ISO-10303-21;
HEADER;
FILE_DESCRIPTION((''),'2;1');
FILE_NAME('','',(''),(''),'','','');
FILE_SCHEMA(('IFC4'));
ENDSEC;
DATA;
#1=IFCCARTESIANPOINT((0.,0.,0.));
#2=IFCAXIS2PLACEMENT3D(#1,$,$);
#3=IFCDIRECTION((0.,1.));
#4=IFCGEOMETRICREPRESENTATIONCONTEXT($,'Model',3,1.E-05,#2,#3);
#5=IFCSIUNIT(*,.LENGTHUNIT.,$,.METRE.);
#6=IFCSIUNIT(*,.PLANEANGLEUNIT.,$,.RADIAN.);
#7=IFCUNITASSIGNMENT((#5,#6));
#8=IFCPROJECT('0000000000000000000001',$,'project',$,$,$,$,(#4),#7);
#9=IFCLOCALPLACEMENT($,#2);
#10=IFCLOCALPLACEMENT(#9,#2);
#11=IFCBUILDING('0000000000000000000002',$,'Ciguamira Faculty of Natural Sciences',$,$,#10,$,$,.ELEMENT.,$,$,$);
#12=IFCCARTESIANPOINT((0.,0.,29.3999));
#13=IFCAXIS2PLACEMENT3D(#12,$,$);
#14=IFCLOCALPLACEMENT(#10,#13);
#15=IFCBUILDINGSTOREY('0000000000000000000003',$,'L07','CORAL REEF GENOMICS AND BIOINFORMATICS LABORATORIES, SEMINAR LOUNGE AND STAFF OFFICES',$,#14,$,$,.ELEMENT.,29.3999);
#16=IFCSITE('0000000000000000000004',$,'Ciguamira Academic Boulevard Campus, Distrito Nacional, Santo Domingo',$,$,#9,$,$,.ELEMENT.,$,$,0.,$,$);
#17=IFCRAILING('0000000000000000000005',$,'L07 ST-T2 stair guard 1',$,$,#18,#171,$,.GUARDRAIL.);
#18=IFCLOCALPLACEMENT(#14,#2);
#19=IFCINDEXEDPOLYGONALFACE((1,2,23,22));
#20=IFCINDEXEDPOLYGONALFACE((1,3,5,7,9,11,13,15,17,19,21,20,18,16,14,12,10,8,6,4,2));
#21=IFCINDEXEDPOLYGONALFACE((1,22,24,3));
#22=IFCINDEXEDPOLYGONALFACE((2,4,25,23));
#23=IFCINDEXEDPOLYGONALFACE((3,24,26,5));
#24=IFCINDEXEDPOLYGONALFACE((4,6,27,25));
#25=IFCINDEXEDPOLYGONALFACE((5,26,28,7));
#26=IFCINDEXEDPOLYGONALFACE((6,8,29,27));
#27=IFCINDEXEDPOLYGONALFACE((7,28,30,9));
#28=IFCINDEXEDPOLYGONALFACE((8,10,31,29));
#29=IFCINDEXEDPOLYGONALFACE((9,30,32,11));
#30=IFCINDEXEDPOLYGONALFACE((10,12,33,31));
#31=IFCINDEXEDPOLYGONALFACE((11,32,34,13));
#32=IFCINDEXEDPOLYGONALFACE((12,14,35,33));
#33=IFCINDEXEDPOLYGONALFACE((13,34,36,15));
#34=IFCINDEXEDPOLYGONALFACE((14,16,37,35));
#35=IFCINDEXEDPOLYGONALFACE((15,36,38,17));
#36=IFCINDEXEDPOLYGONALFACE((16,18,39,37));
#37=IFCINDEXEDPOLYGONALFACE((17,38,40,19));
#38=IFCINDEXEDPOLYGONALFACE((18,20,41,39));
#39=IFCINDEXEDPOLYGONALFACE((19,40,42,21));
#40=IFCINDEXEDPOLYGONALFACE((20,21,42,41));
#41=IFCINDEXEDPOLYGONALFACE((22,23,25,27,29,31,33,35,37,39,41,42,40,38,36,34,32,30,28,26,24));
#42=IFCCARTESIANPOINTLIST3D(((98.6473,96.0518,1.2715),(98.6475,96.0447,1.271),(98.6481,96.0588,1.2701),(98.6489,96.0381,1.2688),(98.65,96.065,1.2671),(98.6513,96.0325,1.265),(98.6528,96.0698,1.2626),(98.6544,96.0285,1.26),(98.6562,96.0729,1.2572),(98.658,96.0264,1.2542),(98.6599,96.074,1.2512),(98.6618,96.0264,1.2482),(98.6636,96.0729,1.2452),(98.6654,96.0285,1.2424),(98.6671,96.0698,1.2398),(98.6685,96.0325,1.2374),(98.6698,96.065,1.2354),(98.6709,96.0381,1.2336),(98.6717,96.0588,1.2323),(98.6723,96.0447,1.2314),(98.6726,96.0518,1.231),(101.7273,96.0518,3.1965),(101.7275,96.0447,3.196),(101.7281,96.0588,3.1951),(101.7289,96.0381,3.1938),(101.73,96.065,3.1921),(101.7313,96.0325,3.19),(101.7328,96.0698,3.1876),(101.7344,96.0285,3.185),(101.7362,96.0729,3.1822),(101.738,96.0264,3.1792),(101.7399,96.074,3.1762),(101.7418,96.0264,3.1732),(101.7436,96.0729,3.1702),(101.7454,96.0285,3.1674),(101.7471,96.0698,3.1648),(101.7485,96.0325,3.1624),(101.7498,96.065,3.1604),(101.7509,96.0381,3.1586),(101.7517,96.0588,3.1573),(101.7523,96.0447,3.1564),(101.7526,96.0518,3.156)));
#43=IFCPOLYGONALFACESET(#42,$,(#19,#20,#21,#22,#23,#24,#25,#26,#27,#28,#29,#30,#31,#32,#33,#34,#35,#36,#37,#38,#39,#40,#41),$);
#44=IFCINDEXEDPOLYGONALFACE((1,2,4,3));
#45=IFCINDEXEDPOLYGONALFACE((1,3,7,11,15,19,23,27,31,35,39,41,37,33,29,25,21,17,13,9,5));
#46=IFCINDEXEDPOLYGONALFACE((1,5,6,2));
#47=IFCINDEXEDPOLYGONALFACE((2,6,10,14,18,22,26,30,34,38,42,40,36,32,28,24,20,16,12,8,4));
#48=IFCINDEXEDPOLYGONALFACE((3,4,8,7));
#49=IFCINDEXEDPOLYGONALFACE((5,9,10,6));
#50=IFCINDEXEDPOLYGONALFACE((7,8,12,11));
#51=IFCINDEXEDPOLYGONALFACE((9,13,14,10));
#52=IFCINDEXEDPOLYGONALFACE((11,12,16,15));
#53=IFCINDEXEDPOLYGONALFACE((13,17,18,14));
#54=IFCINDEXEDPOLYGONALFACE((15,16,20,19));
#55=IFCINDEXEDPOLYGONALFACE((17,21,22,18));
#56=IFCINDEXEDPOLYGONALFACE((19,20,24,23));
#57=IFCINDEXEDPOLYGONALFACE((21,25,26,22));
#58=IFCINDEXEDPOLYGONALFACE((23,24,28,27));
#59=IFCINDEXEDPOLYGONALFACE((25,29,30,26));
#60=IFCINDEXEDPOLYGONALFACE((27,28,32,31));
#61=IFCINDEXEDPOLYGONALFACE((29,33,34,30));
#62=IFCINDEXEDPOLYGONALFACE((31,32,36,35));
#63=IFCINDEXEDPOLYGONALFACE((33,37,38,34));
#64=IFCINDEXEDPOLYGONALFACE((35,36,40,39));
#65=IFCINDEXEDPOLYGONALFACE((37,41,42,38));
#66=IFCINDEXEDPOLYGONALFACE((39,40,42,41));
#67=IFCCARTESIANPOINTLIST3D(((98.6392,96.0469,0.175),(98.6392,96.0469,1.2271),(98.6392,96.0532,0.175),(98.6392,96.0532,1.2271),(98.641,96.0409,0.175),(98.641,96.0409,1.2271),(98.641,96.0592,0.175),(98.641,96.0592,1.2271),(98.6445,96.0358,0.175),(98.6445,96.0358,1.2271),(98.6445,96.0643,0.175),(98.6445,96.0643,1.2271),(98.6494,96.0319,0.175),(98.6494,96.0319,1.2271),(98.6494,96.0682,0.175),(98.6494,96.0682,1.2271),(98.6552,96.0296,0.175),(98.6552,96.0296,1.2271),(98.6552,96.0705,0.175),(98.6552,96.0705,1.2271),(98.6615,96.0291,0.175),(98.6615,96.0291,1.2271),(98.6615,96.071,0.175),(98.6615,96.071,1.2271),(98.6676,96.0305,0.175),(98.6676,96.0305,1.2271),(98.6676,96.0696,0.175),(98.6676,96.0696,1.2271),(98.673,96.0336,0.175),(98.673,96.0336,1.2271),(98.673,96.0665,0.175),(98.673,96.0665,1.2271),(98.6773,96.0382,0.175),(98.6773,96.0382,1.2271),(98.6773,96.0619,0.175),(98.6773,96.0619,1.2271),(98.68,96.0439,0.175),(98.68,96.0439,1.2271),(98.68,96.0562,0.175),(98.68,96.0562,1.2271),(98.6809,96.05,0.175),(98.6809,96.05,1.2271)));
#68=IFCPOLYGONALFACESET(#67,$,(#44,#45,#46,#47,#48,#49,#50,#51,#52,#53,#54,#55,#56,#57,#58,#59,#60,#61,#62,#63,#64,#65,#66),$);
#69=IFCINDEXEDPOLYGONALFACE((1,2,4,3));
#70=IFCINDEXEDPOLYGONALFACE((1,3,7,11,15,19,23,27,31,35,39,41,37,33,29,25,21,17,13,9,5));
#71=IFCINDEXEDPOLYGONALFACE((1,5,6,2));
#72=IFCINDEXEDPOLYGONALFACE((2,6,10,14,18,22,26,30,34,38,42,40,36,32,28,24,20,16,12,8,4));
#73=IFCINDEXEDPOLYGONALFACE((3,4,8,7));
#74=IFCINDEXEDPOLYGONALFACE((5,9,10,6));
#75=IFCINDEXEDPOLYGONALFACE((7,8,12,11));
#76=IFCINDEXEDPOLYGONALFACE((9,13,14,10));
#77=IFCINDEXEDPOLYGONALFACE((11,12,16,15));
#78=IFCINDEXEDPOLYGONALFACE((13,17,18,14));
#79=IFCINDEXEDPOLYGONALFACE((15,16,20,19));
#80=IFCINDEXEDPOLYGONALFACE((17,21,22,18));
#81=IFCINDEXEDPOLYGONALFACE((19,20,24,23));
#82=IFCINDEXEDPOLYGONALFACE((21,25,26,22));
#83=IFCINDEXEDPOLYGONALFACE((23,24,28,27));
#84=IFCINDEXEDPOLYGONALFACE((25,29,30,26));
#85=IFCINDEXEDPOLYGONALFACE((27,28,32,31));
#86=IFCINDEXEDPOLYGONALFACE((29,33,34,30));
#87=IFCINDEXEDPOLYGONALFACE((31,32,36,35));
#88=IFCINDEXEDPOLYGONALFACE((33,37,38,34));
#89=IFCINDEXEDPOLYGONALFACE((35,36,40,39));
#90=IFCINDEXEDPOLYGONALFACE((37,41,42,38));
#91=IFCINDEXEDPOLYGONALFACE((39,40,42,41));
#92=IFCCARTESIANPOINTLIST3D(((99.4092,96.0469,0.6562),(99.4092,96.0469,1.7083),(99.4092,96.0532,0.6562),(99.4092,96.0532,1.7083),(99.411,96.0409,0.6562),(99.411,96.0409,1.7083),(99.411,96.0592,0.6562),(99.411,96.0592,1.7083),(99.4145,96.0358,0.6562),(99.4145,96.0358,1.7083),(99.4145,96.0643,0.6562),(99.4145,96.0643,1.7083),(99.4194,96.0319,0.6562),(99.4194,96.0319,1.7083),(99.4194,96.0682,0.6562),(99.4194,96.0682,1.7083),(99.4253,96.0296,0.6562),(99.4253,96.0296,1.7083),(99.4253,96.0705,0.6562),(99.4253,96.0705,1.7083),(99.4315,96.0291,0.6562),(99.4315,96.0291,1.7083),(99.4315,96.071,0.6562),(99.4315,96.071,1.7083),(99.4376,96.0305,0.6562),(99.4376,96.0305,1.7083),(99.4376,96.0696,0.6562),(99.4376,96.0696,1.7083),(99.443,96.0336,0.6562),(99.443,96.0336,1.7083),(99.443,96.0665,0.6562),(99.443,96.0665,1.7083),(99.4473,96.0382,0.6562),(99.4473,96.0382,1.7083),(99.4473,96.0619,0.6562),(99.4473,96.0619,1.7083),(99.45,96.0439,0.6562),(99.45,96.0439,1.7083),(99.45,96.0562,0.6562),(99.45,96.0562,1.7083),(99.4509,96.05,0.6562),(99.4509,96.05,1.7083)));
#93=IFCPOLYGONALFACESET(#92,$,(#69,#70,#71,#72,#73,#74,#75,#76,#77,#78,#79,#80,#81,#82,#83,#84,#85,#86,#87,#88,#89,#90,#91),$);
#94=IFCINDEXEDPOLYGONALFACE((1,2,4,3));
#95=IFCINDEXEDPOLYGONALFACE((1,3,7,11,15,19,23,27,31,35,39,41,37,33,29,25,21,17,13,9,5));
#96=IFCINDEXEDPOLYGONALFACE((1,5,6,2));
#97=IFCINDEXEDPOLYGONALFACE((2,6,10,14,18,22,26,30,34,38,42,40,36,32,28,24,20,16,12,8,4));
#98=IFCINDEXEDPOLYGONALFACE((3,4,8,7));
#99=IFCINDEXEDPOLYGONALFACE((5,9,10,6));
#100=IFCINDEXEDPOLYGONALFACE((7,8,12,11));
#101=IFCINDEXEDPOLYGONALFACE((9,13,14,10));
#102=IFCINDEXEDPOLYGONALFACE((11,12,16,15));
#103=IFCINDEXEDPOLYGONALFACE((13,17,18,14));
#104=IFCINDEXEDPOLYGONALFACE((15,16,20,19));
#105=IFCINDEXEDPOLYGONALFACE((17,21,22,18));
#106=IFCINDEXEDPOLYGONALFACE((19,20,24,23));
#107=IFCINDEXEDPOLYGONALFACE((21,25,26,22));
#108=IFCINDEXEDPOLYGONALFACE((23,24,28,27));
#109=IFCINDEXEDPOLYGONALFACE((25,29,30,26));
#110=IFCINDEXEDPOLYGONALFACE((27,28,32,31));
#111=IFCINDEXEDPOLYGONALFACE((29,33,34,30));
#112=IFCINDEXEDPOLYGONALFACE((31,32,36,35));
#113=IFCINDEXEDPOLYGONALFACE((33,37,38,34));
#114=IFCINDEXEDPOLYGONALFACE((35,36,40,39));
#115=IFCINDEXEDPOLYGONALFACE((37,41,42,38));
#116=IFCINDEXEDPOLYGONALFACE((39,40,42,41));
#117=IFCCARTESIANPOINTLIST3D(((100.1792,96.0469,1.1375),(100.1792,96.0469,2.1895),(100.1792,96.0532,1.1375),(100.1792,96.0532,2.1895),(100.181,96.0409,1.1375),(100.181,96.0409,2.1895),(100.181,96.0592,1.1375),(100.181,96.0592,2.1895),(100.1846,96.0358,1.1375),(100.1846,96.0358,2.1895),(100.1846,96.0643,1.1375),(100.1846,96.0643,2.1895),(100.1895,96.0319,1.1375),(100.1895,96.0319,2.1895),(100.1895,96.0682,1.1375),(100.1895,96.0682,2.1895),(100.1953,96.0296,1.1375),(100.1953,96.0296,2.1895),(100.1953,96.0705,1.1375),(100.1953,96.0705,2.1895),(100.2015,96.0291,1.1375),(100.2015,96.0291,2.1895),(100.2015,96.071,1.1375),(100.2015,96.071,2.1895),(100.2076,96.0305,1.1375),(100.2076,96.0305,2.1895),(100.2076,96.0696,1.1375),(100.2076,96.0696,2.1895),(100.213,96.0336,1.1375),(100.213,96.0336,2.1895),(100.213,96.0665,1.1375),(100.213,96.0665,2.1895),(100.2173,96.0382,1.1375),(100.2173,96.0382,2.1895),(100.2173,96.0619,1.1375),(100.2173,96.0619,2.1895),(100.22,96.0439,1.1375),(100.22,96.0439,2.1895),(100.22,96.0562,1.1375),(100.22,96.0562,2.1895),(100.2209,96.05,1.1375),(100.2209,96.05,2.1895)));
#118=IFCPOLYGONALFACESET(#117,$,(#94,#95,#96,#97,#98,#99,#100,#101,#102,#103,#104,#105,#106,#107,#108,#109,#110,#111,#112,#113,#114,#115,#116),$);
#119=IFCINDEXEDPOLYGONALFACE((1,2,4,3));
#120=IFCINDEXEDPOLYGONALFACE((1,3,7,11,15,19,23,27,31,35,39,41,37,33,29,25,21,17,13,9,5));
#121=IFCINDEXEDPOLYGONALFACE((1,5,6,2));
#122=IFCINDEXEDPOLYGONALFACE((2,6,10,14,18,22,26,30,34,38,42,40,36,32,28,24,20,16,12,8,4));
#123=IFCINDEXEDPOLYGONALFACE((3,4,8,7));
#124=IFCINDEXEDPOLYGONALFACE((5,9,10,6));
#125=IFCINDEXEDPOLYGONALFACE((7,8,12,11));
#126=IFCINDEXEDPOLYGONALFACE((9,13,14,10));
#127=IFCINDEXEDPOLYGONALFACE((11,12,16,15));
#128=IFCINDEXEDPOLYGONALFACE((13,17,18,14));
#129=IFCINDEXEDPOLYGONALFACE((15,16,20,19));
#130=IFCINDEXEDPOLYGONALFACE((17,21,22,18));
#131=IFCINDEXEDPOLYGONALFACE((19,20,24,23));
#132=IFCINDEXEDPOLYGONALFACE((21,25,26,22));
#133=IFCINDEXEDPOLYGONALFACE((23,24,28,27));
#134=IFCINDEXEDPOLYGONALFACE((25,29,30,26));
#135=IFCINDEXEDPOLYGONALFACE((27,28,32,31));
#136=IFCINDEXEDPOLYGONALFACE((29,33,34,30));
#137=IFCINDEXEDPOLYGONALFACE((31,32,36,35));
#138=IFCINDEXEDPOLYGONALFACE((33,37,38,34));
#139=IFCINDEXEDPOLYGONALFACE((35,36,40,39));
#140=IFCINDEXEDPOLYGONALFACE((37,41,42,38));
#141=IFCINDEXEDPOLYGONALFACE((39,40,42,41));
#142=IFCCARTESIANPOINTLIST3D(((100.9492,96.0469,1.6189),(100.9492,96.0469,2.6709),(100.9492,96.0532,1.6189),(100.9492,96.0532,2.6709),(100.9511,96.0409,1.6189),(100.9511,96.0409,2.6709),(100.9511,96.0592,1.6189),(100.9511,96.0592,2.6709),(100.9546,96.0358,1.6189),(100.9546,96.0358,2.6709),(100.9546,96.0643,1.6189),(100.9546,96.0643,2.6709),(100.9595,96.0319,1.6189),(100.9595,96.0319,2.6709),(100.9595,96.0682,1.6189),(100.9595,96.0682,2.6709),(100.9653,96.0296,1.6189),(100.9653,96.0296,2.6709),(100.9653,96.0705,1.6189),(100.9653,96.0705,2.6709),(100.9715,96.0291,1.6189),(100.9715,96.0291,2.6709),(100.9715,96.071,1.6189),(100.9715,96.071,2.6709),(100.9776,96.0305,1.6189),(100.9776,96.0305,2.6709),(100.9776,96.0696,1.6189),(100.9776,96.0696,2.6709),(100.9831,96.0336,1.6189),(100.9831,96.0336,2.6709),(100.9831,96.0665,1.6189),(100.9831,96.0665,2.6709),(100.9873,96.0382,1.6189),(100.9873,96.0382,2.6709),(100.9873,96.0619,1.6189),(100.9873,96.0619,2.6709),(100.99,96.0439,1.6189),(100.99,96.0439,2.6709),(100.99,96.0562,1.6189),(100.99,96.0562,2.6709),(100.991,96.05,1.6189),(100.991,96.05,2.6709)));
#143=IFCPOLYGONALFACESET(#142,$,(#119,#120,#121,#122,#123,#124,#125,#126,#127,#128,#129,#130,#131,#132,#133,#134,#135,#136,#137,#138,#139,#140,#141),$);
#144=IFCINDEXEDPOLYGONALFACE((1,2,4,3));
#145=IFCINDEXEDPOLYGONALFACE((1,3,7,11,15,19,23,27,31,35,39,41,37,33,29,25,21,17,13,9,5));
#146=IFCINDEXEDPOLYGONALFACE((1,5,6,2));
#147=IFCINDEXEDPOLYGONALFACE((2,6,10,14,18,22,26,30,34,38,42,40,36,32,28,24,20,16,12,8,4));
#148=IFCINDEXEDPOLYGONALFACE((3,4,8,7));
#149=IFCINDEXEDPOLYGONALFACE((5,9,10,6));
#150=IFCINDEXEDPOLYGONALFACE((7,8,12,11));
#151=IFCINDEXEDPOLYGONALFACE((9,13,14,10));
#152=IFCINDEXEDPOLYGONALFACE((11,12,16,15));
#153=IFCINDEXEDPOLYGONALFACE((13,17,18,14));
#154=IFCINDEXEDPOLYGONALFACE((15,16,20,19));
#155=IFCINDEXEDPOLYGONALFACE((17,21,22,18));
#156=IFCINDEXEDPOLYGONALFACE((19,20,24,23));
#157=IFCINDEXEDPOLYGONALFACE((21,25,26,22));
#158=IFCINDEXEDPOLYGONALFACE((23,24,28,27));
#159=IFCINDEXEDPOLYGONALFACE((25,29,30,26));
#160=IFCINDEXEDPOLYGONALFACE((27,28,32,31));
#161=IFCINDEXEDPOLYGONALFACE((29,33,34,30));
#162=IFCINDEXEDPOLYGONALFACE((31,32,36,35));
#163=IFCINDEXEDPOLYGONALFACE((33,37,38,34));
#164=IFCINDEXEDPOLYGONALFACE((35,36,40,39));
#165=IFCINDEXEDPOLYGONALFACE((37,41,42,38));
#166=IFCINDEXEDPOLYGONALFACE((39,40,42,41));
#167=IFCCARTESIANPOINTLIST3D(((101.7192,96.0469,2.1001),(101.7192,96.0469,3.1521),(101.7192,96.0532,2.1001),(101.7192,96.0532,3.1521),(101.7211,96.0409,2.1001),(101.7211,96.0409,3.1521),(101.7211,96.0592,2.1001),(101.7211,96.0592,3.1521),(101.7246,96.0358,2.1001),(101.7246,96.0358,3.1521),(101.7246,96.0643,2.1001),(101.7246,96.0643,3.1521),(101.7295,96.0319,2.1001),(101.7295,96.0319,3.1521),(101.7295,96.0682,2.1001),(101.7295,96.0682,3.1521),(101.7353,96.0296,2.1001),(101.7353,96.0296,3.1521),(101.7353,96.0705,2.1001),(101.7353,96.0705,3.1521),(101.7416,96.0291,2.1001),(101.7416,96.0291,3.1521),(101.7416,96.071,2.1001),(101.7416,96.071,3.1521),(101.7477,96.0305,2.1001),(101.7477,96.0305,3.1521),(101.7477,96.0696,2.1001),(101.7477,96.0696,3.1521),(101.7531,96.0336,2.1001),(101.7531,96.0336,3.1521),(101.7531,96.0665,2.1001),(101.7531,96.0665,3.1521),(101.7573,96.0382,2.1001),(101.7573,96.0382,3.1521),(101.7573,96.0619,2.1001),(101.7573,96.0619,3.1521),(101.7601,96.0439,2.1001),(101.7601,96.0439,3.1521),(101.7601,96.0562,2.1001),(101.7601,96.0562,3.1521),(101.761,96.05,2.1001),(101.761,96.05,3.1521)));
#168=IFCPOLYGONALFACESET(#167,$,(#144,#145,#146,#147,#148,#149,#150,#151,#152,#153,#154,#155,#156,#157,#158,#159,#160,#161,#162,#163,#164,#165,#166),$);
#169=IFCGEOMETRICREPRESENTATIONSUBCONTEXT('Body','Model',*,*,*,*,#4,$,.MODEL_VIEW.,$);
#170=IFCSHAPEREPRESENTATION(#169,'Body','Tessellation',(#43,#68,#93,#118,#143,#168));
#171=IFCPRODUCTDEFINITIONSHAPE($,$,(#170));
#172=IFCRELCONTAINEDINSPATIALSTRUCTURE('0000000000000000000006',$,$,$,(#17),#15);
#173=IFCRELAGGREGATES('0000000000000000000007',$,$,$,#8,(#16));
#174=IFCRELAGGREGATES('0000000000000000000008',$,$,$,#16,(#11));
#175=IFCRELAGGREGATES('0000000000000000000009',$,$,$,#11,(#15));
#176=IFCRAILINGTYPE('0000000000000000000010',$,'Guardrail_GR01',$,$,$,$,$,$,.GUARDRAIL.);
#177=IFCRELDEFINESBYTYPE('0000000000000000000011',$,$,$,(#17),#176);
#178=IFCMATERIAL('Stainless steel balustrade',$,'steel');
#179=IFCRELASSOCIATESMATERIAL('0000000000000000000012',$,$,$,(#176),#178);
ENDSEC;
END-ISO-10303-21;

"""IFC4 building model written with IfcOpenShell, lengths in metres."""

from ifc_helpers import new_model, si_unit, direction, frame, origin, origin_2d, place, context, subcontext, project, spatial, circle, extrude, material, type_object, element, save


model = new_model("IFC4")

# Units and contexts
model_context = context("Model", 3, precision=1e-05, world=origin(), true_north=direction((0.0, 1.0)))
body_context = subcontext(model_context, "Body", "Model", "MODEL_VIEW")
ifc_project = project(units=[si_unit("LENGTHUNIT", "METRE"), si_unit("PLANEANGLEUNIT", "RADIAN")], contexts=[model_context])

# Site, building, storey
site_placement = place(None, origin())
site = spatial("IfcSite", under=ifc_project, at=site_placement, Name="Ciguamira Academic Boulevard Campus, Distrito Nacional, Santo Domingo", CompositionType="ELEMENT", RefElevation=0.0)
building_placement = place(site_placement, origin())
building = spatial("IfcBuilding", under=site, at=building_placement, Name="Ciguamira Faculty of Natural Sciences", CompositionType="ELEMENT")
storey_placement = place(building_placement, frame((0.0, 0.0, 29.3999)))
storey = spatial("IfcBuildingStorey", under=building, at=storey_placement, Name="L07", Description="CORAL REEF GENOMICS AND BIOINFORMATICS LABORATORIES, SEMINAR LOUNGE AND STAFF OFFICES", CompositionType="ELEMENT", Elevation=29.3999)

# Railing
ifc_material_1 = material(Name="Stainless steel balustrade", Category="steel")
railing_type_1 = type_object("IfcRailingType", Name="Guardrail_GR01", PredefinedType="GUARDRAIL", material=ifc_material_1)
railing_1_placement = place(storey_placement, frame((98.6599, 96.05, 0.175)))
element("IfcRailing", 1, at=railing_1_placement, inside=storey, type_object=railing_type_1, Name="L07 ST-T2 stair guard 1", PredefinedType="GUARDRAIL", context=body_context, shape_type="SweptSolid", body=[
    extrude(circle(Radius=0.0239, at=origin_2d()), frame((0.0, 0.0, 1.0762), z_axis=(0.847998, 0.0, 0.529999), x_axis=(0.0, 1.0, 0.0)), (0.0, 0.0, 1.0), 3.6321),
    extrude(circle(Radius=0.021, at=origin_2d()), origin(), (0.0, 0.0, 1.0), 1.052),
    extrude(circle(Radius=0.021, at=origin_2d()), frame((0.77, 0.0, 0.4812)), (0.0, 0.0, 1.0), 1.052),
    extrude(circle(Radius=0.021, at=origin_2d()), frame((1.54, 0.0, 0.9624)), (0.0, 0.0, 1.0), 1.052),
    extrude(circle(Radius=0.021, at=origin_2d()), frame((2.3101, 0.0, 1.4438)), (0.0, 0.0, 1.0), 1.052),
    extrude(circle(Radius=0.021, at=origin_2d()), frame((3.0801, 0.0, 1.925)), (0.0, 0.0, 1.0), 1.052),
])

save(model, "model.ifc")
